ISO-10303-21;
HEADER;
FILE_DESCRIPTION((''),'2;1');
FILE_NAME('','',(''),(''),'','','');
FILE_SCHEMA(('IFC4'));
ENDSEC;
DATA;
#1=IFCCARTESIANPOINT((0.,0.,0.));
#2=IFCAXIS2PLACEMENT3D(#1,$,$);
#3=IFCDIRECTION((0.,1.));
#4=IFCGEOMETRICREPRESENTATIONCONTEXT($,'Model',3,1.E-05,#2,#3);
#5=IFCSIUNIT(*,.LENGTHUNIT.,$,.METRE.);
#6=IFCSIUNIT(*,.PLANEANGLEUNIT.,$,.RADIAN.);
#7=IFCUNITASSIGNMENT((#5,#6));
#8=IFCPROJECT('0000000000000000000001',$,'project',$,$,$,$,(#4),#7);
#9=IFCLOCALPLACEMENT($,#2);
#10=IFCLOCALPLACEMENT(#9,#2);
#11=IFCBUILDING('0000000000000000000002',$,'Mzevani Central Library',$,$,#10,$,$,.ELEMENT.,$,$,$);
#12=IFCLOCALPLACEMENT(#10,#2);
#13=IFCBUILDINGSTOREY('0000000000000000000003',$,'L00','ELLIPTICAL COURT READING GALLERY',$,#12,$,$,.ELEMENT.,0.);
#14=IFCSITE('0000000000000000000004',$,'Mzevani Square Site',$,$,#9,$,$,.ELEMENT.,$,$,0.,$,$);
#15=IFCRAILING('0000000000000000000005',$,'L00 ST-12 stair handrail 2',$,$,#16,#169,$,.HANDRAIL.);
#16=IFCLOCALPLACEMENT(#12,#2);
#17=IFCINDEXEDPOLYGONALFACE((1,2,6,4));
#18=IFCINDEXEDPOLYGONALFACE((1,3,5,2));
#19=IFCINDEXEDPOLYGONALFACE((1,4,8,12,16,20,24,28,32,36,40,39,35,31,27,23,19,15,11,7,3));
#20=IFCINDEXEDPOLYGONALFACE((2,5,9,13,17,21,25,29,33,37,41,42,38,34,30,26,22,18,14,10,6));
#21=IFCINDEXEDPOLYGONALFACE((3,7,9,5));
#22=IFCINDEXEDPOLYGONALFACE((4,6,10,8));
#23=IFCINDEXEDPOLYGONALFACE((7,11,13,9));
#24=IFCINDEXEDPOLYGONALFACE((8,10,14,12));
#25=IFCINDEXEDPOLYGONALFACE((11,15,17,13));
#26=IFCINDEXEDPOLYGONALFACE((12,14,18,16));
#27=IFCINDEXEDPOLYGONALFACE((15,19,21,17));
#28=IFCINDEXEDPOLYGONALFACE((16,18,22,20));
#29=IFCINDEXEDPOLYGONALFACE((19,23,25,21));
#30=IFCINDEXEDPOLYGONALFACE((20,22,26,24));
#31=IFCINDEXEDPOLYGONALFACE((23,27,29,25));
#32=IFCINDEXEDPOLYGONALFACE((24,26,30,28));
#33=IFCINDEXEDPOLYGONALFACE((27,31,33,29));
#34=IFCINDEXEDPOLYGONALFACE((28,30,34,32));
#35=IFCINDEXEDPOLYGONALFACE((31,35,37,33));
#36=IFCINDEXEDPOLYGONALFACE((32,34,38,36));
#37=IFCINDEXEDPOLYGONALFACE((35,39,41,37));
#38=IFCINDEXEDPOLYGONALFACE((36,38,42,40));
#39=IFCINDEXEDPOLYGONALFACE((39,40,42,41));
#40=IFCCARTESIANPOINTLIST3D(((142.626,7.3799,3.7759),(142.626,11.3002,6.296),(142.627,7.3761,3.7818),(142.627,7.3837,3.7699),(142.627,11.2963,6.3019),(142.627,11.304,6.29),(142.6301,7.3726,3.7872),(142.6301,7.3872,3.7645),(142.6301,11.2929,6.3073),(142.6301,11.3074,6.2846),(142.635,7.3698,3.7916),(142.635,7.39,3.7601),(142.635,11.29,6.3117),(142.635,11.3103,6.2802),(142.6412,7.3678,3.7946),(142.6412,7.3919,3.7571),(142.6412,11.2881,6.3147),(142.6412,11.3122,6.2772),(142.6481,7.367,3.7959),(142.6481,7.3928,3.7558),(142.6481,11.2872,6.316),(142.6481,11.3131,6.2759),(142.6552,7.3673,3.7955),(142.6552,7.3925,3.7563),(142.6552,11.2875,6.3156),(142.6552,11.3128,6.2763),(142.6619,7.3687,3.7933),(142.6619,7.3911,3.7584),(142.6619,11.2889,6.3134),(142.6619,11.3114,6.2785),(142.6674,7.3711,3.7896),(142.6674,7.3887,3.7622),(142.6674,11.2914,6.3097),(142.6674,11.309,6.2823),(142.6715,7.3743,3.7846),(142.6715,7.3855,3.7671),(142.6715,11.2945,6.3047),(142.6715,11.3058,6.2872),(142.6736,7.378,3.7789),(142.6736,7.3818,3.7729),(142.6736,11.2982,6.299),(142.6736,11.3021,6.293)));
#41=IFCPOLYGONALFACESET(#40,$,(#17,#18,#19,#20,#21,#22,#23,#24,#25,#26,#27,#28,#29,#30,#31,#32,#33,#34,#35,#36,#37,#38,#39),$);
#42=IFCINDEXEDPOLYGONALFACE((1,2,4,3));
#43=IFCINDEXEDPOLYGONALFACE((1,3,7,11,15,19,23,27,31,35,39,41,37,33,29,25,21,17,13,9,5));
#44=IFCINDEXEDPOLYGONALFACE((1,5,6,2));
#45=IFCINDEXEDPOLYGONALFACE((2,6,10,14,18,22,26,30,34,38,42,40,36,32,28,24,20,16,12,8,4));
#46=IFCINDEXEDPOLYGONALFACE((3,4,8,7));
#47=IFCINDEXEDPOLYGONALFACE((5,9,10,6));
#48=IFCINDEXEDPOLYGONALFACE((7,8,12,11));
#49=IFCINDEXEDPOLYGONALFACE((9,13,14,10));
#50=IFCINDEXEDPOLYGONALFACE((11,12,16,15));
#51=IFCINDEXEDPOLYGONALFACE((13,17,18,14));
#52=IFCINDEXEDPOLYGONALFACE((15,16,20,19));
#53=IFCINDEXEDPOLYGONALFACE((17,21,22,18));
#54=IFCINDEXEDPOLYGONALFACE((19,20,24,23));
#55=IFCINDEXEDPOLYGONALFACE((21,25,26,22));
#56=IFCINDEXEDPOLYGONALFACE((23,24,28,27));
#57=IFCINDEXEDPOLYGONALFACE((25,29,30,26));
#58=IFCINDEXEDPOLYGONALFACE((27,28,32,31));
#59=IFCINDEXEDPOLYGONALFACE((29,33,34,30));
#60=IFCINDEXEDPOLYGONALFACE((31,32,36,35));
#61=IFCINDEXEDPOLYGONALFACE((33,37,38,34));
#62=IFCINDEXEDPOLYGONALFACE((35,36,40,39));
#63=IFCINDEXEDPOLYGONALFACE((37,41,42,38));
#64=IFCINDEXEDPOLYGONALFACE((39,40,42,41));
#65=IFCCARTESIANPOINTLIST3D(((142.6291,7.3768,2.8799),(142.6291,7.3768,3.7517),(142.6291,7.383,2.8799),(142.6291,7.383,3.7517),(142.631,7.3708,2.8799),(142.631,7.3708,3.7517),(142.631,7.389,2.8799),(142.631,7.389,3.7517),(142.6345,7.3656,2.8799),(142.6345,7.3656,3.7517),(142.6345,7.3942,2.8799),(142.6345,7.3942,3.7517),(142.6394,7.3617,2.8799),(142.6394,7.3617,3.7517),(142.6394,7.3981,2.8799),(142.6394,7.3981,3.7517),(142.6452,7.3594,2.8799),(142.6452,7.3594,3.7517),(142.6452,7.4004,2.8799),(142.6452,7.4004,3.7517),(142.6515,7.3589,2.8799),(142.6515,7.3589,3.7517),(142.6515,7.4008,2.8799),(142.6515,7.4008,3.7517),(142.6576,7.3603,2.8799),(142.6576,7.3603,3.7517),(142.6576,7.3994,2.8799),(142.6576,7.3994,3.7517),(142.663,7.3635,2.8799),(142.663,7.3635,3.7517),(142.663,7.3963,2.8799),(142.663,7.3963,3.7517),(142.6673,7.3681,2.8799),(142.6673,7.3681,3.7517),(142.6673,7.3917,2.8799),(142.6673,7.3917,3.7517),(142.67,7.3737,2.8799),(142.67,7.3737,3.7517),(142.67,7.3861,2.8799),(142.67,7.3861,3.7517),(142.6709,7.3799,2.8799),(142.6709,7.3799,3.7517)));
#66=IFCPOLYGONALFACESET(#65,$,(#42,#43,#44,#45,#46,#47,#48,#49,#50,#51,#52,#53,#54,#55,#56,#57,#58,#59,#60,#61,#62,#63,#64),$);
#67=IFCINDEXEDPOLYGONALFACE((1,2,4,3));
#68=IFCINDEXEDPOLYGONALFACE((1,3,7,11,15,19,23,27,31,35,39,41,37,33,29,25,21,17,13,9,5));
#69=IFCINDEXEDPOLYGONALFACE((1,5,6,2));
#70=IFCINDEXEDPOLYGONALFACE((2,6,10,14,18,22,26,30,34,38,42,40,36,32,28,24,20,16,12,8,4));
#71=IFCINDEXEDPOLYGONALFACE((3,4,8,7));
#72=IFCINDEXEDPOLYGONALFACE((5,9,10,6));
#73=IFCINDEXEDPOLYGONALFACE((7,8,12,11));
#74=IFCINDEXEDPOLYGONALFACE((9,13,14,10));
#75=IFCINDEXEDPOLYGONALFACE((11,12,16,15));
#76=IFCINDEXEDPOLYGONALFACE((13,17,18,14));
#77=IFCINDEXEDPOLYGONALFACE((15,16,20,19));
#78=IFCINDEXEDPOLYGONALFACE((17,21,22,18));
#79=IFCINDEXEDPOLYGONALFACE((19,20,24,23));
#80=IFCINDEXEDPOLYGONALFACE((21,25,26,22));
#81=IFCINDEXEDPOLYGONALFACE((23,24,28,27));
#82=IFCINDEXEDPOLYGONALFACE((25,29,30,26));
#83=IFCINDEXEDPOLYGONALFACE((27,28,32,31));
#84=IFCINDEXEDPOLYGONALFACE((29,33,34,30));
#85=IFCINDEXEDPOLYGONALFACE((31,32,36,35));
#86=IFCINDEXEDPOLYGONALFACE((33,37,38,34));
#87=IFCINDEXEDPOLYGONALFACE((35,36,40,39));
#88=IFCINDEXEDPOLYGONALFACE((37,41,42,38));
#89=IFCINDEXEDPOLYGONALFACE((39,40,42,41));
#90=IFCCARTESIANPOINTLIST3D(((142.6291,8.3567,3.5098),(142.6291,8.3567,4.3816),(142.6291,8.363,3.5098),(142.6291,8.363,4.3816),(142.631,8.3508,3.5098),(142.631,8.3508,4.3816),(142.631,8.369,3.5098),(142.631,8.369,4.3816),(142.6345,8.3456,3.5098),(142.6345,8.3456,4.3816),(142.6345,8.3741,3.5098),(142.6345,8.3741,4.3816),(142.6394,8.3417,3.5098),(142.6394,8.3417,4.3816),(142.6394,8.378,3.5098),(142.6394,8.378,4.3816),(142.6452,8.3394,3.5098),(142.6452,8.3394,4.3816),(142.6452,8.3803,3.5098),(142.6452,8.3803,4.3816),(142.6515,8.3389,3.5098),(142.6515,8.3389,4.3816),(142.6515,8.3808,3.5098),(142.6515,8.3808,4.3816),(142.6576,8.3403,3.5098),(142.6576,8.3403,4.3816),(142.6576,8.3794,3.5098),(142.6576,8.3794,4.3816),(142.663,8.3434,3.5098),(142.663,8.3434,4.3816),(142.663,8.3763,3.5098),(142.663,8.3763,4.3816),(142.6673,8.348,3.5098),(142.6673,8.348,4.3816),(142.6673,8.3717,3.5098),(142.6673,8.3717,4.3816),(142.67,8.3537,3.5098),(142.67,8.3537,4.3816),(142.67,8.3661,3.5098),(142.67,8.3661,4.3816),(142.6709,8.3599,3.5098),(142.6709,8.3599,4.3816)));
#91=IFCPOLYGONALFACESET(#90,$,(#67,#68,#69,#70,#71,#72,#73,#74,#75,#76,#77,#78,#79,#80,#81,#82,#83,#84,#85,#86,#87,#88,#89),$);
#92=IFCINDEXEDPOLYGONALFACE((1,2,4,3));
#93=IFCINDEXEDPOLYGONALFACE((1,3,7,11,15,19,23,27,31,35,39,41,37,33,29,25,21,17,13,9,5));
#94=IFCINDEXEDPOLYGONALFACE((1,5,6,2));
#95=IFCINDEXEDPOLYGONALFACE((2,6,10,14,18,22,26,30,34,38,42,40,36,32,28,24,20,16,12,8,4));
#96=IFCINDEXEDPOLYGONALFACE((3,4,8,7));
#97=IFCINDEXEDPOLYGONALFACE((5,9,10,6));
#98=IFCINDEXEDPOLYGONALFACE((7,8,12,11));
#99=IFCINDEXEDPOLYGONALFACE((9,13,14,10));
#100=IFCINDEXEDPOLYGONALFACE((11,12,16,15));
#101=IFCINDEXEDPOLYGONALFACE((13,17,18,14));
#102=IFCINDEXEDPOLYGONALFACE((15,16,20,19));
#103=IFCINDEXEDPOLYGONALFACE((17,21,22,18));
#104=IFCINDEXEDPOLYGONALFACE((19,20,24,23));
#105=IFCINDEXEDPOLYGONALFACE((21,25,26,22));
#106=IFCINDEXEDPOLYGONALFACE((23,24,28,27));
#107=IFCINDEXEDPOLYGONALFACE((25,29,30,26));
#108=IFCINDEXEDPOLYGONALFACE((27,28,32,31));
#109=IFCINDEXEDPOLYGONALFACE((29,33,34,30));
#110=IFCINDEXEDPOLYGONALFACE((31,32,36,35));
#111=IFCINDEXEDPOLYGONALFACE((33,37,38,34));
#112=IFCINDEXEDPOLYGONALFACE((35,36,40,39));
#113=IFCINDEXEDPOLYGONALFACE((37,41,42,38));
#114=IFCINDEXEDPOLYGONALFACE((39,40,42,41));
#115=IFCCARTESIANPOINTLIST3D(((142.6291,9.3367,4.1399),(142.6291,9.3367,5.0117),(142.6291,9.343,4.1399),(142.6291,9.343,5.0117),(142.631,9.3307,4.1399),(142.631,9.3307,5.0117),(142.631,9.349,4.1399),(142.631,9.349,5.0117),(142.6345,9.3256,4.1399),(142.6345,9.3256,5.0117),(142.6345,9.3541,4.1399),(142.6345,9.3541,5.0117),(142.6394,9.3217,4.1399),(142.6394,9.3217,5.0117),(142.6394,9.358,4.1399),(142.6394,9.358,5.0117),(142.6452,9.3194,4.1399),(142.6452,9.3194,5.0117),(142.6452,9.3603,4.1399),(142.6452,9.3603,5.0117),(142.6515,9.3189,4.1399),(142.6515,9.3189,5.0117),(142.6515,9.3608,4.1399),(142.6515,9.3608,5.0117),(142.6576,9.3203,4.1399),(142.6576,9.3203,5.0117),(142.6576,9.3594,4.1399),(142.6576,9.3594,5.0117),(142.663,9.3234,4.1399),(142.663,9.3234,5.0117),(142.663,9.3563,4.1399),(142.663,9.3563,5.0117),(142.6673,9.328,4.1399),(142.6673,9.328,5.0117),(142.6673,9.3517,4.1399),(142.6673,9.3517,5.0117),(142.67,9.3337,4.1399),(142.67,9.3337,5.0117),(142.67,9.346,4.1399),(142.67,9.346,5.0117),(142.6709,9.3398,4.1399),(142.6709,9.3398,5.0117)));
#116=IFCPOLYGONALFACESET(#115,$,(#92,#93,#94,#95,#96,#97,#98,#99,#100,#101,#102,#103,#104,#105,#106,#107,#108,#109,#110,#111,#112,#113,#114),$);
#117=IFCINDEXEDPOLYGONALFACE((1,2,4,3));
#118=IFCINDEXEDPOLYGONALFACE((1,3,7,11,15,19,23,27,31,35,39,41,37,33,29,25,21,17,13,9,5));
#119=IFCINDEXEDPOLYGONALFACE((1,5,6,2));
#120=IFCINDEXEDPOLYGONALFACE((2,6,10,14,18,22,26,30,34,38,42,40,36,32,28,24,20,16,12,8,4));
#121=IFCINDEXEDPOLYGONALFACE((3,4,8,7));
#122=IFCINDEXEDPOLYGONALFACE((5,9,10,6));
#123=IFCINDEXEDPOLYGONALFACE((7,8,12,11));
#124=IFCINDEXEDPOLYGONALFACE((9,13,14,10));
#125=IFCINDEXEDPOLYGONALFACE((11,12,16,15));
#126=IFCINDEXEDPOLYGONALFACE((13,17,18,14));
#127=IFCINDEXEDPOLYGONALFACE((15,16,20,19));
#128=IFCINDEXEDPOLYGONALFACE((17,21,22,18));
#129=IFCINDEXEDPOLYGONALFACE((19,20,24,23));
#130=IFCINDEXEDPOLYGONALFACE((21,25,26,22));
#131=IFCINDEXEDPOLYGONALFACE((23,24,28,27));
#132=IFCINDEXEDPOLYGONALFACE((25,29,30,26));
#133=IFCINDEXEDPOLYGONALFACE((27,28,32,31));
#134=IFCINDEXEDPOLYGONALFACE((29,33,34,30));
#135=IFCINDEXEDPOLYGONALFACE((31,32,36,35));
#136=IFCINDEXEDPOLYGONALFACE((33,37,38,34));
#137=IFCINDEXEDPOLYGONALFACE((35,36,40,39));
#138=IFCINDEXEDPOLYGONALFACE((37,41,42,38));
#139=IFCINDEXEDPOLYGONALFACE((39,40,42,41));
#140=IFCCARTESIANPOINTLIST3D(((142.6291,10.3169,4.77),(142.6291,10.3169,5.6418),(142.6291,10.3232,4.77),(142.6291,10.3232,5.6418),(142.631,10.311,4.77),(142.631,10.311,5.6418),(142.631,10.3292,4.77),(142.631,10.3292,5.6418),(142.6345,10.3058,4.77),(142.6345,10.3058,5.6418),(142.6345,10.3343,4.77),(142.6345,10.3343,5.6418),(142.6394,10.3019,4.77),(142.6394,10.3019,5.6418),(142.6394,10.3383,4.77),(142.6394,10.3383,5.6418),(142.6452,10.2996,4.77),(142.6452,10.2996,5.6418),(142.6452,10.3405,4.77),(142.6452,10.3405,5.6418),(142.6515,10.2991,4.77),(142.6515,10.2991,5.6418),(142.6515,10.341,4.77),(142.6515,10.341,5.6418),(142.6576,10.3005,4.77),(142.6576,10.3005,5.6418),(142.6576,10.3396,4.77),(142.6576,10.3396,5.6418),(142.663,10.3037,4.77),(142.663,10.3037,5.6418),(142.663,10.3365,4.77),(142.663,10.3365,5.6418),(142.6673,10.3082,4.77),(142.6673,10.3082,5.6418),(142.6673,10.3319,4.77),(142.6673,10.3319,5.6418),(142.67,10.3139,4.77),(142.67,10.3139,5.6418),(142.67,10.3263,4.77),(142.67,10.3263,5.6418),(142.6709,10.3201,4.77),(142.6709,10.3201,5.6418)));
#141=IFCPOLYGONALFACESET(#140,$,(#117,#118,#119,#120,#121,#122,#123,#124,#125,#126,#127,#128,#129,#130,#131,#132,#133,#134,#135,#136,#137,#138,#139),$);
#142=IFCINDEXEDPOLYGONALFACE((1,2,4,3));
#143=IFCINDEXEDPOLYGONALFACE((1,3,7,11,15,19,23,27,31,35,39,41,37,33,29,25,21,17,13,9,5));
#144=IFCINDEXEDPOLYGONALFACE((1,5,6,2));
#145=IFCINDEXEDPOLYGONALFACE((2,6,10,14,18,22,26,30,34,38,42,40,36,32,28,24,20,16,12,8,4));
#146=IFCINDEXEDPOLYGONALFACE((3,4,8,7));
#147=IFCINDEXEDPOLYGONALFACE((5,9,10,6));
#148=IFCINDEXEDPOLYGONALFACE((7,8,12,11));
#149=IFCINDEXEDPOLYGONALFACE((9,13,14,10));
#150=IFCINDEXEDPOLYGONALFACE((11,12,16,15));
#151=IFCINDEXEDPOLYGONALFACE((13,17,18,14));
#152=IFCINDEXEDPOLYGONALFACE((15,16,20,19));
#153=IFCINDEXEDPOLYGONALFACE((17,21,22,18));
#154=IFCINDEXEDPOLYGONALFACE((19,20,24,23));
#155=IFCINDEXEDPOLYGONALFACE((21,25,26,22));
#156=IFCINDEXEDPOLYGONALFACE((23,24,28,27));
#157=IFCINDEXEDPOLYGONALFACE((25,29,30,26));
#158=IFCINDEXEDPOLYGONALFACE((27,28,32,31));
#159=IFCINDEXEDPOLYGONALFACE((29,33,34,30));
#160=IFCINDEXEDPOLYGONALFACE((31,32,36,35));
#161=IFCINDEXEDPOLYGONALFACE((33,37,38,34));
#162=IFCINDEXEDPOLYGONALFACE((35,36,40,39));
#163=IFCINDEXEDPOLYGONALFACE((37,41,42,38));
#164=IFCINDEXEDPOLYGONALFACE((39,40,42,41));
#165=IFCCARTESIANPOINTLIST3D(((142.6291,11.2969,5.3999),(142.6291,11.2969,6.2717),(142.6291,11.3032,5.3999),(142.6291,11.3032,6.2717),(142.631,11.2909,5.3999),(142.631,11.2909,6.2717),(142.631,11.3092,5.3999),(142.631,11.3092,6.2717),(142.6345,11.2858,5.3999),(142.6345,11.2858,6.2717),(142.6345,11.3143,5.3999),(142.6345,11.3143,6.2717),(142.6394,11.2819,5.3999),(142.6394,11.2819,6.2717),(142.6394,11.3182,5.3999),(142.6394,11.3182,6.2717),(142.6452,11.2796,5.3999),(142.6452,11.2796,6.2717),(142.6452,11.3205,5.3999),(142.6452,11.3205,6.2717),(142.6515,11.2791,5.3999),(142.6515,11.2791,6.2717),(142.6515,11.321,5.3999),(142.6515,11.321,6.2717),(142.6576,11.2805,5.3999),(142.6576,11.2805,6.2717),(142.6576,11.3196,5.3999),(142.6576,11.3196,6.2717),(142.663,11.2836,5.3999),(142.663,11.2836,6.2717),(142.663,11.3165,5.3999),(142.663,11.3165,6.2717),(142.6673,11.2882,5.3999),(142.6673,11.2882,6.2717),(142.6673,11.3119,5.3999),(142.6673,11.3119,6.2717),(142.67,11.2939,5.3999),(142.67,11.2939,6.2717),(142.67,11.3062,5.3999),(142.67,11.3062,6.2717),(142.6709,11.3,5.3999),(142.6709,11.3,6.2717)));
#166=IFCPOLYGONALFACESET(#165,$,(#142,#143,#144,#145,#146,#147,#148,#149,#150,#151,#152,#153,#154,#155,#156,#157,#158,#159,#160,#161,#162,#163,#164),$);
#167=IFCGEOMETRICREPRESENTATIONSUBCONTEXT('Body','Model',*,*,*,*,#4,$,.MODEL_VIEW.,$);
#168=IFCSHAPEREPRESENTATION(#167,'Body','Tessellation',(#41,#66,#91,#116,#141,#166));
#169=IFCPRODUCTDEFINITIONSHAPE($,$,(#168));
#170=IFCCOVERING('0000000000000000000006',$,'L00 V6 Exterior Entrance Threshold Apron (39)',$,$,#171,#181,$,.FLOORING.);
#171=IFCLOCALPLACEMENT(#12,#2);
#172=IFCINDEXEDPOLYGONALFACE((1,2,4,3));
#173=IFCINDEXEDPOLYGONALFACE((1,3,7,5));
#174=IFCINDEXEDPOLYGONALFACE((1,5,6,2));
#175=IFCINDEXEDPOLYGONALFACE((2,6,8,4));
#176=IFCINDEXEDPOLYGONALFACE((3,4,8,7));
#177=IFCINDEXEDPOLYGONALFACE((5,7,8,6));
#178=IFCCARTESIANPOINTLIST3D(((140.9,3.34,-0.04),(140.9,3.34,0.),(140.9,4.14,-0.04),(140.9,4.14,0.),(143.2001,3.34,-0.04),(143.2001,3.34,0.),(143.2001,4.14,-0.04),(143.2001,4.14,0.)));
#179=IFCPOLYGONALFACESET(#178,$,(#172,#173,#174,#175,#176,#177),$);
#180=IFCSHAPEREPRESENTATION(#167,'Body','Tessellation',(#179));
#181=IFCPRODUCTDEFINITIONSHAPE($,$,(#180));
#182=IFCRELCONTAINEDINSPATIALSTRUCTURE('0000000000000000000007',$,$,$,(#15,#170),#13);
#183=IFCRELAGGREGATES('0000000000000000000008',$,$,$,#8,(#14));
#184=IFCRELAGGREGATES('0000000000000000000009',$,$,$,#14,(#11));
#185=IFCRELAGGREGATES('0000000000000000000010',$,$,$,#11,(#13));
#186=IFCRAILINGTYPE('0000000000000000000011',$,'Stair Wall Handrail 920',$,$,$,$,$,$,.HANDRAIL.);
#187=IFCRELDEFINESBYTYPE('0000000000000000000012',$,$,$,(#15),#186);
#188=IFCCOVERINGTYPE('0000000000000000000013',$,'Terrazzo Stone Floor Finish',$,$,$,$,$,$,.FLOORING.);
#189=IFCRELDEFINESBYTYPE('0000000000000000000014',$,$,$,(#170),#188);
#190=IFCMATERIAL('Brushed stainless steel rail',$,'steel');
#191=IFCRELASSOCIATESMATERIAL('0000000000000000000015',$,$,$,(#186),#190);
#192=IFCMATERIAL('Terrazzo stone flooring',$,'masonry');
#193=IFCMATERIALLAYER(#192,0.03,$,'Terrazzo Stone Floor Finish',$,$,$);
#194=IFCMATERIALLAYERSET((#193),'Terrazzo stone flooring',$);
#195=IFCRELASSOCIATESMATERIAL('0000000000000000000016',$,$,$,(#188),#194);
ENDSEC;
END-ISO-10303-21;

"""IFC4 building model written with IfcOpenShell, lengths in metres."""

from ifc_helpers import new_model, si_unit, direction, frame, origin, origin_2d, place, context, subcontext, project, spatial, rectangle, circle, extrude, material, layer, layer_set, type_object, element, save


model = new_model("IFC4")

# Units and contexts
model_context = context("Model", 3, precision=1e-05, world=origin(), true_north=direction((0.0, 1.0)))
body_context = subcontext(model_context, "Body", "Model", "MODEL_VIEW")
ifc_project = project(units=[si_unit("LENGTHUNIT", "METRE"), si_unit("PLANEANGLEUNIT", "RADIAN")], contexts=[model_context])

# Site, building, storey
site_placement = place(None, origin())
site = spatial("IfcSite", under=ifc_project, at=site_placement, Name="Mzevani Square Site", CompositionType="ELEMENT", RefElevation=0.0)
building_placement = place(site_placement, origin())
building = spatial("IfcBuilding", under=site, at=building_placement, Name="Mzevani Central Library", CompositionType="ELEMENT")
storey_placement = place(building_placement, origin())
storey = spatial("IfcBuildingStorey", under=building, at=storey_placement, Name="L00", Description="ELLIPTICAL COURT READING GALLERY", CompositionType="ELEMENT", Elevation=0.0)

# Shared definitions
ifc_material_1 = material(Name="Brushed stainless steel rail", Category="steel")

# Railing
railing_type_1 = type_object("IfcRailingType", Name="Stair Wall Handrail 920", PredefinedType="HANDRAIL", material=ifc_material_1)
railing_1_placement = place(storey_placement, frame((142.6499, 7.3799, 2.8799)))
element("IfcRailing", 1, at=railing_1_placement, inside=storey, type_object=railing_type_1, Name="L00 ST-12 stair handrail 2", PredefinedType="HANDRAIL", context=body_context, shape_type="SweptSolid", body=[
    extrude(circle(Radius=0.0239, at=origin_2d()), frame((0.0, 0.0, 0.896), z_axis=(0.0, 0.841187, 0.540744), x_axis=(-1.0, 0.0, 0.0)), (0.0, 0.0, 1.0), 4.6604),
    extrude(circle(Radius=0.021, at=origin_2d()), origin(), (0.0, 0.0, 1.0), 0.8718),
    extrude(circle(Radius=0.021, at=origin_2d()), frame((0.0, 0.98, 0.6299)), (0.0, 0.0, 1.0), 0.8718),
    extrude(circle(Radius=0.021, at=origin_2d()), frame((0.0, 1.96, 1.26)), (0.0, 0.0, 1.0), 0.8718),
    extrude(circle(Radius=0.021, at=origin_2d()), frame((0.0, 2.9402, 1.8901)), (0.0, 0.0, 1.0), 0.8718),
    extrude(circle(Radius=0.021, at=origin_2d()), frame((0.0, 3.9202, 2.52)), (0.0, 0.0, 1.0), 0.8718),
])

# Covering
ifc_material_2 = material(Name="Terrazzo stone flooring", Category="masonry")
ifc_layer_1 = layer(ifc_material_2, 0.03, Name="Terrazzo Stone Floor Finish")
ifc_layer_set_1 = layer_set([ifc_layer_1], Name="Terrazzo stone flooring")
covering_type_1 = type_object("IfcCoveringType", Name="Terrazzo Stone Floor Finish", PredefinedType="FLOORING", material=ifc_layer_set_1)
covering_1_placement = place(storey_placement, frame((142.05, 3.74, -0.04), z_axis=(0.0, 0.0, 1.0), x_axis=(-1.0, 0.0, 0.0)))
element("IfcCovering", 2, at=covering_1_placement, inside=storey, type_object=covering_type_1, Name="L00 V6 Exterior Entrance Threshold Apron (39)", PredefinedType="FLOORING", context=body_context, shape_type="SweptSolid", body=[
    extrude(rectangle(XDim=2.3, YDim=0.8, at=origin_2d()), origin(), (0.0, 0.0, 1.0), 0.04),
])

save(model, "model.ifc")
